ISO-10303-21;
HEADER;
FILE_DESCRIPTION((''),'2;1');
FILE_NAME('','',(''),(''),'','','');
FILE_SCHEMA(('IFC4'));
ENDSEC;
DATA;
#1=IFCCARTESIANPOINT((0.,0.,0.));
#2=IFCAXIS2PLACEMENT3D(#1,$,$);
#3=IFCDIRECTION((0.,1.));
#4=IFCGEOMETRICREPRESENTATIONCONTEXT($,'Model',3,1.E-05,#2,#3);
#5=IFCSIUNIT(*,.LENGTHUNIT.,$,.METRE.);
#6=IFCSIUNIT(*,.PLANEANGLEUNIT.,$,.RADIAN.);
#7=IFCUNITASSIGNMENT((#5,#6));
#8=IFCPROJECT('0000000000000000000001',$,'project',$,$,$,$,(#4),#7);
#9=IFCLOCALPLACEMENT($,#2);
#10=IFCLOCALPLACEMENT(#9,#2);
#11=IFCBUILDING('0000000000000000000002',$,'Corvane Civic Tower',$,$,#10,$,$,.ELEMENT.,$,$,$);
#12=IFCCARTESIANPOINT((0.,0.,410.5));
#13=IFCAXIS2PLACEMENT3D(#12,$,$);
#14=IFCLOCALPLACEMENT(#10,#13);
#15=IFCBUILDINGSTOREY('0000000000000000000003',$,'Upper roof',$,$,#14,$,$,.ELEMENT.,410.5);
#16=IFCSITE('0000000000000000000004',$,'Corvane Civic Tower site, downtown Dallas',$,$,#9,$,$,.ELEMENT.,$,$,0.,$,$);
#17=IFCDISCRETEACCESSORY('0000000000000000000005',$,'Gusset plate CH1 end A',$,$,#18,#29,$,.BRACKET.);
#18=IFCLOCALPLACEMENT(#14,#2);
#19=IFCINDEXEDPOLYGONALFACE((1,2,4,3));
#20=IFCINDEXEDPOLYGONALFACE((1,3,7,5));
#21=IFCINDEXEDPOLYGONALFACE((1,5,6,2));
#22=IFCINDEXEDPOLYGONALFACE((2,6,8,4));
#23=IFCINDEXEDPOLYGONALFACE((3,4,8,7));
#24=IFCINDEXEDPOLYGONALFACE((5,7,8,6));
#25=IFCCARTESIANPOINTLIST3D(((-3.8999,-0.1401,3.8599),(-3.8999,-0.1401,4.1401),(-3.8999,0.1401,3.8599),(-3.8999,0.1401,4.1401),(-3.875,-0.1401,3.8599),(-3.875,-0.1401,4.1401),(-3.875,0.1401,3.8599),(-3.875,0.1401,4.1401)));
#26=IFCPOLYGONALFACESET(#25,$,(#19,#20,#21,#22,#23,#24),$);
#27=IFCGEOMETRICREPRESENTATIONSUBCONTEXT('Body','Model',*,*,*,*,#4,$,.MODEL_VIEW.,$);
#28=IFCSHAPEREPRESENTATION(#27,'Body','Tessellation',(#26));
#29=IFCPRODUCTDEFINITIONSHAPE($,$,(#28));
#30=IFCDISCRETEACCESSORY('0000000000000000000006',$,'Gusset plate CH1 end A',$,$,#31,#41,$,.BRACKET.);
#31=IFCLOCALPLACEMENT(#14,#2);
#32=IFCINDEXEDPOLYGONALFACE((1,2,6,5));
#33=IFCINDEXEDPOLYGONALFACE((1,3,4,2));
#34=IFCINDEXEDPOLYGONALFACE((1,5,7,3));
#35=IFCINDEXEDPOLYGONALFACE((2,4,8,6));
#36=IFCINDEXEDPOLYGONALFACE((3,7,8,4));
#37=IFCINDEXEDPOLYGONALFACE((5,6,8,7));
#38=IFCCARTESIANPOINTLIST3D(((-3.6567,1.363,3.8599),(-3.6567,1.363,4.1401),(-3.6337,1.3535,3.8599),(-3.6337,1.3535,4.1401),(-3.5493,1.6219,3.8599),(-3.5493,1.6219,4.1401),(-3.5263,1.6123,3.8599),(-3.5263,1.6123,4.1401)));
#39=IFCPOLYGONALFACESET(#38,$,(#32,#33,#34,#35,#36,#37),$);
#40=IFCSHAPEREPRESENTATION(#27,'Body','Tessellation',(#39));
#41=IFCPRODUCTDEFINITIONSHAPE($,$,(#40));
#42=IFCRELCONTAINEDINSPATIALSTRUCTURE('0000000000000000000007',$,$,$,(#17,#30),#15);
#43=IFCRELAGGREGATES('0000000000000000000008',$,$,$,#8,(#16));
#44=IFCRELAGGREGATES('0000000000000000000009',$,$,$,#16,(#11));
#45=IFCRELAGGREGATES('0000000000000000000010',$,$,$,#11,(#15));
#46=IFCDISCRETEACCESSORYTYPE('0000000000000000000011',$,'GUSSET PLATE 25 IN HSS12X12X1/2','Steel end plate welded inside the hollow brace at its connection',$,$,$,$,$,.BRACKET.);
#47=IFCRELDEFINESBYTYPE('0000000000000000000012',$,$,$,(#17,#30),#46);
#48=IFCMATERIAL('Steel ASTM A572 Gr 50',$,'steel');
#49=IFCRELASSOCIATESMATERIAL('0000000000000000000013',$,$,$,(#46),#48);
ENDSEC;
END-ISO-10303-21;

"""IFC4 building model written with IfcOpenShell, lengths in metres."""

from ifc_helpers import new_model, si_unit, direction, frame, origin, origin_2d, place, context, subcontext, project, spatial, rectangle, extrude, material, material_profile, profile_set, type_object, element, save


model = new_model("IFC4")

# Units and contexts
model_context = context("Model", 3, precision=1e-05, world=origin(), true_north=direction((0.0, 1.0)))
body_context = subcontext(model_context, "Body", "Model", "MODEL_VIEW")
ifc_project = project(units=[si_unit("LENGTHUNIT", "METRE"), si_unit("PLANEANGLEUNIT", "RADIAN")], contexts=[model_context])

# Site, building, storey
site_placement = place(None, origin())
site = spatial("IfcSite", under=ifc_project, at=site_placement, Name="Corvane Civic Tower site, downtown Dallas", CompositionType="ELEMENT", RefElevation=0.0)
building_placement = place(site_placement, origin())
building = spatial("IfcBuilding", under=site, at=building_placement, Name="Corvane Civic Tower", CompositionType="ELEMENT")
storey_placement = place(building_placement, frame((0.0, 0.0, 410.5)))
storey = spatial("IfcBuildingStorey", under=building, at=storey_placement, Name="Upper roof", CompositionType="ELEMENT", Elevation=410.5)

# Discrete accessories
ifc_material_1 = material(Name="Steel ASTM A572 Gr 50", Category="steel")
ifc_material_profile_1 = material_profile(ifc_material_1, rectangle(XDim=0.2803, YDim=0.2803, at=origin_2d()), Name="GUSSET PLATE 25 IN HSS12X12X1/2")
ifc_profile_set_1 = profile_set([ifc_material_profile_1], Name="Steel ASTM A572 Gr 50")
discrete_accessory_type = type_object("IfcDiscreteAccessoryType", Name="GUSSET PLATE 25 IN HSS12X12X1/2", Description="Steel end plate welded inside the hollow brace at its connection", PredefinedType="BRACKET", material=ifc_profile_set_1)
for number, where, z_axis, x_axis, name in (
    (1, (-3.8999, 0.0, 4.0), (1.0, 0.0, 0.0), (0.0, 1.0, 0.0), "Gusset plate CH1 end A"),
    (2, (-3.603, 1.4924, 4.0), (0.923657, -0.38322, 0.0), (0.38322, 0.923657, 0.0), "Gusset plate CH1 end A"),
):
    element("IfcDiscreteAccessory", number, at=place(storey_placement, frame(where, z_axis=z_axis, x_axis=x_axis)), inside=storey, type_object=discrete_accessory_type, Name=name, PredefinedType="BRACKET", context=body_context, shape_type="SweptSolid", body=[
        extrude(rectangle(XDim=0.2803, YDim=0.2803, at=origin_2d()), origin(), (0.0, 0.0, 1.0), 0.0249),
    ])

save(model, "model.ifc")
